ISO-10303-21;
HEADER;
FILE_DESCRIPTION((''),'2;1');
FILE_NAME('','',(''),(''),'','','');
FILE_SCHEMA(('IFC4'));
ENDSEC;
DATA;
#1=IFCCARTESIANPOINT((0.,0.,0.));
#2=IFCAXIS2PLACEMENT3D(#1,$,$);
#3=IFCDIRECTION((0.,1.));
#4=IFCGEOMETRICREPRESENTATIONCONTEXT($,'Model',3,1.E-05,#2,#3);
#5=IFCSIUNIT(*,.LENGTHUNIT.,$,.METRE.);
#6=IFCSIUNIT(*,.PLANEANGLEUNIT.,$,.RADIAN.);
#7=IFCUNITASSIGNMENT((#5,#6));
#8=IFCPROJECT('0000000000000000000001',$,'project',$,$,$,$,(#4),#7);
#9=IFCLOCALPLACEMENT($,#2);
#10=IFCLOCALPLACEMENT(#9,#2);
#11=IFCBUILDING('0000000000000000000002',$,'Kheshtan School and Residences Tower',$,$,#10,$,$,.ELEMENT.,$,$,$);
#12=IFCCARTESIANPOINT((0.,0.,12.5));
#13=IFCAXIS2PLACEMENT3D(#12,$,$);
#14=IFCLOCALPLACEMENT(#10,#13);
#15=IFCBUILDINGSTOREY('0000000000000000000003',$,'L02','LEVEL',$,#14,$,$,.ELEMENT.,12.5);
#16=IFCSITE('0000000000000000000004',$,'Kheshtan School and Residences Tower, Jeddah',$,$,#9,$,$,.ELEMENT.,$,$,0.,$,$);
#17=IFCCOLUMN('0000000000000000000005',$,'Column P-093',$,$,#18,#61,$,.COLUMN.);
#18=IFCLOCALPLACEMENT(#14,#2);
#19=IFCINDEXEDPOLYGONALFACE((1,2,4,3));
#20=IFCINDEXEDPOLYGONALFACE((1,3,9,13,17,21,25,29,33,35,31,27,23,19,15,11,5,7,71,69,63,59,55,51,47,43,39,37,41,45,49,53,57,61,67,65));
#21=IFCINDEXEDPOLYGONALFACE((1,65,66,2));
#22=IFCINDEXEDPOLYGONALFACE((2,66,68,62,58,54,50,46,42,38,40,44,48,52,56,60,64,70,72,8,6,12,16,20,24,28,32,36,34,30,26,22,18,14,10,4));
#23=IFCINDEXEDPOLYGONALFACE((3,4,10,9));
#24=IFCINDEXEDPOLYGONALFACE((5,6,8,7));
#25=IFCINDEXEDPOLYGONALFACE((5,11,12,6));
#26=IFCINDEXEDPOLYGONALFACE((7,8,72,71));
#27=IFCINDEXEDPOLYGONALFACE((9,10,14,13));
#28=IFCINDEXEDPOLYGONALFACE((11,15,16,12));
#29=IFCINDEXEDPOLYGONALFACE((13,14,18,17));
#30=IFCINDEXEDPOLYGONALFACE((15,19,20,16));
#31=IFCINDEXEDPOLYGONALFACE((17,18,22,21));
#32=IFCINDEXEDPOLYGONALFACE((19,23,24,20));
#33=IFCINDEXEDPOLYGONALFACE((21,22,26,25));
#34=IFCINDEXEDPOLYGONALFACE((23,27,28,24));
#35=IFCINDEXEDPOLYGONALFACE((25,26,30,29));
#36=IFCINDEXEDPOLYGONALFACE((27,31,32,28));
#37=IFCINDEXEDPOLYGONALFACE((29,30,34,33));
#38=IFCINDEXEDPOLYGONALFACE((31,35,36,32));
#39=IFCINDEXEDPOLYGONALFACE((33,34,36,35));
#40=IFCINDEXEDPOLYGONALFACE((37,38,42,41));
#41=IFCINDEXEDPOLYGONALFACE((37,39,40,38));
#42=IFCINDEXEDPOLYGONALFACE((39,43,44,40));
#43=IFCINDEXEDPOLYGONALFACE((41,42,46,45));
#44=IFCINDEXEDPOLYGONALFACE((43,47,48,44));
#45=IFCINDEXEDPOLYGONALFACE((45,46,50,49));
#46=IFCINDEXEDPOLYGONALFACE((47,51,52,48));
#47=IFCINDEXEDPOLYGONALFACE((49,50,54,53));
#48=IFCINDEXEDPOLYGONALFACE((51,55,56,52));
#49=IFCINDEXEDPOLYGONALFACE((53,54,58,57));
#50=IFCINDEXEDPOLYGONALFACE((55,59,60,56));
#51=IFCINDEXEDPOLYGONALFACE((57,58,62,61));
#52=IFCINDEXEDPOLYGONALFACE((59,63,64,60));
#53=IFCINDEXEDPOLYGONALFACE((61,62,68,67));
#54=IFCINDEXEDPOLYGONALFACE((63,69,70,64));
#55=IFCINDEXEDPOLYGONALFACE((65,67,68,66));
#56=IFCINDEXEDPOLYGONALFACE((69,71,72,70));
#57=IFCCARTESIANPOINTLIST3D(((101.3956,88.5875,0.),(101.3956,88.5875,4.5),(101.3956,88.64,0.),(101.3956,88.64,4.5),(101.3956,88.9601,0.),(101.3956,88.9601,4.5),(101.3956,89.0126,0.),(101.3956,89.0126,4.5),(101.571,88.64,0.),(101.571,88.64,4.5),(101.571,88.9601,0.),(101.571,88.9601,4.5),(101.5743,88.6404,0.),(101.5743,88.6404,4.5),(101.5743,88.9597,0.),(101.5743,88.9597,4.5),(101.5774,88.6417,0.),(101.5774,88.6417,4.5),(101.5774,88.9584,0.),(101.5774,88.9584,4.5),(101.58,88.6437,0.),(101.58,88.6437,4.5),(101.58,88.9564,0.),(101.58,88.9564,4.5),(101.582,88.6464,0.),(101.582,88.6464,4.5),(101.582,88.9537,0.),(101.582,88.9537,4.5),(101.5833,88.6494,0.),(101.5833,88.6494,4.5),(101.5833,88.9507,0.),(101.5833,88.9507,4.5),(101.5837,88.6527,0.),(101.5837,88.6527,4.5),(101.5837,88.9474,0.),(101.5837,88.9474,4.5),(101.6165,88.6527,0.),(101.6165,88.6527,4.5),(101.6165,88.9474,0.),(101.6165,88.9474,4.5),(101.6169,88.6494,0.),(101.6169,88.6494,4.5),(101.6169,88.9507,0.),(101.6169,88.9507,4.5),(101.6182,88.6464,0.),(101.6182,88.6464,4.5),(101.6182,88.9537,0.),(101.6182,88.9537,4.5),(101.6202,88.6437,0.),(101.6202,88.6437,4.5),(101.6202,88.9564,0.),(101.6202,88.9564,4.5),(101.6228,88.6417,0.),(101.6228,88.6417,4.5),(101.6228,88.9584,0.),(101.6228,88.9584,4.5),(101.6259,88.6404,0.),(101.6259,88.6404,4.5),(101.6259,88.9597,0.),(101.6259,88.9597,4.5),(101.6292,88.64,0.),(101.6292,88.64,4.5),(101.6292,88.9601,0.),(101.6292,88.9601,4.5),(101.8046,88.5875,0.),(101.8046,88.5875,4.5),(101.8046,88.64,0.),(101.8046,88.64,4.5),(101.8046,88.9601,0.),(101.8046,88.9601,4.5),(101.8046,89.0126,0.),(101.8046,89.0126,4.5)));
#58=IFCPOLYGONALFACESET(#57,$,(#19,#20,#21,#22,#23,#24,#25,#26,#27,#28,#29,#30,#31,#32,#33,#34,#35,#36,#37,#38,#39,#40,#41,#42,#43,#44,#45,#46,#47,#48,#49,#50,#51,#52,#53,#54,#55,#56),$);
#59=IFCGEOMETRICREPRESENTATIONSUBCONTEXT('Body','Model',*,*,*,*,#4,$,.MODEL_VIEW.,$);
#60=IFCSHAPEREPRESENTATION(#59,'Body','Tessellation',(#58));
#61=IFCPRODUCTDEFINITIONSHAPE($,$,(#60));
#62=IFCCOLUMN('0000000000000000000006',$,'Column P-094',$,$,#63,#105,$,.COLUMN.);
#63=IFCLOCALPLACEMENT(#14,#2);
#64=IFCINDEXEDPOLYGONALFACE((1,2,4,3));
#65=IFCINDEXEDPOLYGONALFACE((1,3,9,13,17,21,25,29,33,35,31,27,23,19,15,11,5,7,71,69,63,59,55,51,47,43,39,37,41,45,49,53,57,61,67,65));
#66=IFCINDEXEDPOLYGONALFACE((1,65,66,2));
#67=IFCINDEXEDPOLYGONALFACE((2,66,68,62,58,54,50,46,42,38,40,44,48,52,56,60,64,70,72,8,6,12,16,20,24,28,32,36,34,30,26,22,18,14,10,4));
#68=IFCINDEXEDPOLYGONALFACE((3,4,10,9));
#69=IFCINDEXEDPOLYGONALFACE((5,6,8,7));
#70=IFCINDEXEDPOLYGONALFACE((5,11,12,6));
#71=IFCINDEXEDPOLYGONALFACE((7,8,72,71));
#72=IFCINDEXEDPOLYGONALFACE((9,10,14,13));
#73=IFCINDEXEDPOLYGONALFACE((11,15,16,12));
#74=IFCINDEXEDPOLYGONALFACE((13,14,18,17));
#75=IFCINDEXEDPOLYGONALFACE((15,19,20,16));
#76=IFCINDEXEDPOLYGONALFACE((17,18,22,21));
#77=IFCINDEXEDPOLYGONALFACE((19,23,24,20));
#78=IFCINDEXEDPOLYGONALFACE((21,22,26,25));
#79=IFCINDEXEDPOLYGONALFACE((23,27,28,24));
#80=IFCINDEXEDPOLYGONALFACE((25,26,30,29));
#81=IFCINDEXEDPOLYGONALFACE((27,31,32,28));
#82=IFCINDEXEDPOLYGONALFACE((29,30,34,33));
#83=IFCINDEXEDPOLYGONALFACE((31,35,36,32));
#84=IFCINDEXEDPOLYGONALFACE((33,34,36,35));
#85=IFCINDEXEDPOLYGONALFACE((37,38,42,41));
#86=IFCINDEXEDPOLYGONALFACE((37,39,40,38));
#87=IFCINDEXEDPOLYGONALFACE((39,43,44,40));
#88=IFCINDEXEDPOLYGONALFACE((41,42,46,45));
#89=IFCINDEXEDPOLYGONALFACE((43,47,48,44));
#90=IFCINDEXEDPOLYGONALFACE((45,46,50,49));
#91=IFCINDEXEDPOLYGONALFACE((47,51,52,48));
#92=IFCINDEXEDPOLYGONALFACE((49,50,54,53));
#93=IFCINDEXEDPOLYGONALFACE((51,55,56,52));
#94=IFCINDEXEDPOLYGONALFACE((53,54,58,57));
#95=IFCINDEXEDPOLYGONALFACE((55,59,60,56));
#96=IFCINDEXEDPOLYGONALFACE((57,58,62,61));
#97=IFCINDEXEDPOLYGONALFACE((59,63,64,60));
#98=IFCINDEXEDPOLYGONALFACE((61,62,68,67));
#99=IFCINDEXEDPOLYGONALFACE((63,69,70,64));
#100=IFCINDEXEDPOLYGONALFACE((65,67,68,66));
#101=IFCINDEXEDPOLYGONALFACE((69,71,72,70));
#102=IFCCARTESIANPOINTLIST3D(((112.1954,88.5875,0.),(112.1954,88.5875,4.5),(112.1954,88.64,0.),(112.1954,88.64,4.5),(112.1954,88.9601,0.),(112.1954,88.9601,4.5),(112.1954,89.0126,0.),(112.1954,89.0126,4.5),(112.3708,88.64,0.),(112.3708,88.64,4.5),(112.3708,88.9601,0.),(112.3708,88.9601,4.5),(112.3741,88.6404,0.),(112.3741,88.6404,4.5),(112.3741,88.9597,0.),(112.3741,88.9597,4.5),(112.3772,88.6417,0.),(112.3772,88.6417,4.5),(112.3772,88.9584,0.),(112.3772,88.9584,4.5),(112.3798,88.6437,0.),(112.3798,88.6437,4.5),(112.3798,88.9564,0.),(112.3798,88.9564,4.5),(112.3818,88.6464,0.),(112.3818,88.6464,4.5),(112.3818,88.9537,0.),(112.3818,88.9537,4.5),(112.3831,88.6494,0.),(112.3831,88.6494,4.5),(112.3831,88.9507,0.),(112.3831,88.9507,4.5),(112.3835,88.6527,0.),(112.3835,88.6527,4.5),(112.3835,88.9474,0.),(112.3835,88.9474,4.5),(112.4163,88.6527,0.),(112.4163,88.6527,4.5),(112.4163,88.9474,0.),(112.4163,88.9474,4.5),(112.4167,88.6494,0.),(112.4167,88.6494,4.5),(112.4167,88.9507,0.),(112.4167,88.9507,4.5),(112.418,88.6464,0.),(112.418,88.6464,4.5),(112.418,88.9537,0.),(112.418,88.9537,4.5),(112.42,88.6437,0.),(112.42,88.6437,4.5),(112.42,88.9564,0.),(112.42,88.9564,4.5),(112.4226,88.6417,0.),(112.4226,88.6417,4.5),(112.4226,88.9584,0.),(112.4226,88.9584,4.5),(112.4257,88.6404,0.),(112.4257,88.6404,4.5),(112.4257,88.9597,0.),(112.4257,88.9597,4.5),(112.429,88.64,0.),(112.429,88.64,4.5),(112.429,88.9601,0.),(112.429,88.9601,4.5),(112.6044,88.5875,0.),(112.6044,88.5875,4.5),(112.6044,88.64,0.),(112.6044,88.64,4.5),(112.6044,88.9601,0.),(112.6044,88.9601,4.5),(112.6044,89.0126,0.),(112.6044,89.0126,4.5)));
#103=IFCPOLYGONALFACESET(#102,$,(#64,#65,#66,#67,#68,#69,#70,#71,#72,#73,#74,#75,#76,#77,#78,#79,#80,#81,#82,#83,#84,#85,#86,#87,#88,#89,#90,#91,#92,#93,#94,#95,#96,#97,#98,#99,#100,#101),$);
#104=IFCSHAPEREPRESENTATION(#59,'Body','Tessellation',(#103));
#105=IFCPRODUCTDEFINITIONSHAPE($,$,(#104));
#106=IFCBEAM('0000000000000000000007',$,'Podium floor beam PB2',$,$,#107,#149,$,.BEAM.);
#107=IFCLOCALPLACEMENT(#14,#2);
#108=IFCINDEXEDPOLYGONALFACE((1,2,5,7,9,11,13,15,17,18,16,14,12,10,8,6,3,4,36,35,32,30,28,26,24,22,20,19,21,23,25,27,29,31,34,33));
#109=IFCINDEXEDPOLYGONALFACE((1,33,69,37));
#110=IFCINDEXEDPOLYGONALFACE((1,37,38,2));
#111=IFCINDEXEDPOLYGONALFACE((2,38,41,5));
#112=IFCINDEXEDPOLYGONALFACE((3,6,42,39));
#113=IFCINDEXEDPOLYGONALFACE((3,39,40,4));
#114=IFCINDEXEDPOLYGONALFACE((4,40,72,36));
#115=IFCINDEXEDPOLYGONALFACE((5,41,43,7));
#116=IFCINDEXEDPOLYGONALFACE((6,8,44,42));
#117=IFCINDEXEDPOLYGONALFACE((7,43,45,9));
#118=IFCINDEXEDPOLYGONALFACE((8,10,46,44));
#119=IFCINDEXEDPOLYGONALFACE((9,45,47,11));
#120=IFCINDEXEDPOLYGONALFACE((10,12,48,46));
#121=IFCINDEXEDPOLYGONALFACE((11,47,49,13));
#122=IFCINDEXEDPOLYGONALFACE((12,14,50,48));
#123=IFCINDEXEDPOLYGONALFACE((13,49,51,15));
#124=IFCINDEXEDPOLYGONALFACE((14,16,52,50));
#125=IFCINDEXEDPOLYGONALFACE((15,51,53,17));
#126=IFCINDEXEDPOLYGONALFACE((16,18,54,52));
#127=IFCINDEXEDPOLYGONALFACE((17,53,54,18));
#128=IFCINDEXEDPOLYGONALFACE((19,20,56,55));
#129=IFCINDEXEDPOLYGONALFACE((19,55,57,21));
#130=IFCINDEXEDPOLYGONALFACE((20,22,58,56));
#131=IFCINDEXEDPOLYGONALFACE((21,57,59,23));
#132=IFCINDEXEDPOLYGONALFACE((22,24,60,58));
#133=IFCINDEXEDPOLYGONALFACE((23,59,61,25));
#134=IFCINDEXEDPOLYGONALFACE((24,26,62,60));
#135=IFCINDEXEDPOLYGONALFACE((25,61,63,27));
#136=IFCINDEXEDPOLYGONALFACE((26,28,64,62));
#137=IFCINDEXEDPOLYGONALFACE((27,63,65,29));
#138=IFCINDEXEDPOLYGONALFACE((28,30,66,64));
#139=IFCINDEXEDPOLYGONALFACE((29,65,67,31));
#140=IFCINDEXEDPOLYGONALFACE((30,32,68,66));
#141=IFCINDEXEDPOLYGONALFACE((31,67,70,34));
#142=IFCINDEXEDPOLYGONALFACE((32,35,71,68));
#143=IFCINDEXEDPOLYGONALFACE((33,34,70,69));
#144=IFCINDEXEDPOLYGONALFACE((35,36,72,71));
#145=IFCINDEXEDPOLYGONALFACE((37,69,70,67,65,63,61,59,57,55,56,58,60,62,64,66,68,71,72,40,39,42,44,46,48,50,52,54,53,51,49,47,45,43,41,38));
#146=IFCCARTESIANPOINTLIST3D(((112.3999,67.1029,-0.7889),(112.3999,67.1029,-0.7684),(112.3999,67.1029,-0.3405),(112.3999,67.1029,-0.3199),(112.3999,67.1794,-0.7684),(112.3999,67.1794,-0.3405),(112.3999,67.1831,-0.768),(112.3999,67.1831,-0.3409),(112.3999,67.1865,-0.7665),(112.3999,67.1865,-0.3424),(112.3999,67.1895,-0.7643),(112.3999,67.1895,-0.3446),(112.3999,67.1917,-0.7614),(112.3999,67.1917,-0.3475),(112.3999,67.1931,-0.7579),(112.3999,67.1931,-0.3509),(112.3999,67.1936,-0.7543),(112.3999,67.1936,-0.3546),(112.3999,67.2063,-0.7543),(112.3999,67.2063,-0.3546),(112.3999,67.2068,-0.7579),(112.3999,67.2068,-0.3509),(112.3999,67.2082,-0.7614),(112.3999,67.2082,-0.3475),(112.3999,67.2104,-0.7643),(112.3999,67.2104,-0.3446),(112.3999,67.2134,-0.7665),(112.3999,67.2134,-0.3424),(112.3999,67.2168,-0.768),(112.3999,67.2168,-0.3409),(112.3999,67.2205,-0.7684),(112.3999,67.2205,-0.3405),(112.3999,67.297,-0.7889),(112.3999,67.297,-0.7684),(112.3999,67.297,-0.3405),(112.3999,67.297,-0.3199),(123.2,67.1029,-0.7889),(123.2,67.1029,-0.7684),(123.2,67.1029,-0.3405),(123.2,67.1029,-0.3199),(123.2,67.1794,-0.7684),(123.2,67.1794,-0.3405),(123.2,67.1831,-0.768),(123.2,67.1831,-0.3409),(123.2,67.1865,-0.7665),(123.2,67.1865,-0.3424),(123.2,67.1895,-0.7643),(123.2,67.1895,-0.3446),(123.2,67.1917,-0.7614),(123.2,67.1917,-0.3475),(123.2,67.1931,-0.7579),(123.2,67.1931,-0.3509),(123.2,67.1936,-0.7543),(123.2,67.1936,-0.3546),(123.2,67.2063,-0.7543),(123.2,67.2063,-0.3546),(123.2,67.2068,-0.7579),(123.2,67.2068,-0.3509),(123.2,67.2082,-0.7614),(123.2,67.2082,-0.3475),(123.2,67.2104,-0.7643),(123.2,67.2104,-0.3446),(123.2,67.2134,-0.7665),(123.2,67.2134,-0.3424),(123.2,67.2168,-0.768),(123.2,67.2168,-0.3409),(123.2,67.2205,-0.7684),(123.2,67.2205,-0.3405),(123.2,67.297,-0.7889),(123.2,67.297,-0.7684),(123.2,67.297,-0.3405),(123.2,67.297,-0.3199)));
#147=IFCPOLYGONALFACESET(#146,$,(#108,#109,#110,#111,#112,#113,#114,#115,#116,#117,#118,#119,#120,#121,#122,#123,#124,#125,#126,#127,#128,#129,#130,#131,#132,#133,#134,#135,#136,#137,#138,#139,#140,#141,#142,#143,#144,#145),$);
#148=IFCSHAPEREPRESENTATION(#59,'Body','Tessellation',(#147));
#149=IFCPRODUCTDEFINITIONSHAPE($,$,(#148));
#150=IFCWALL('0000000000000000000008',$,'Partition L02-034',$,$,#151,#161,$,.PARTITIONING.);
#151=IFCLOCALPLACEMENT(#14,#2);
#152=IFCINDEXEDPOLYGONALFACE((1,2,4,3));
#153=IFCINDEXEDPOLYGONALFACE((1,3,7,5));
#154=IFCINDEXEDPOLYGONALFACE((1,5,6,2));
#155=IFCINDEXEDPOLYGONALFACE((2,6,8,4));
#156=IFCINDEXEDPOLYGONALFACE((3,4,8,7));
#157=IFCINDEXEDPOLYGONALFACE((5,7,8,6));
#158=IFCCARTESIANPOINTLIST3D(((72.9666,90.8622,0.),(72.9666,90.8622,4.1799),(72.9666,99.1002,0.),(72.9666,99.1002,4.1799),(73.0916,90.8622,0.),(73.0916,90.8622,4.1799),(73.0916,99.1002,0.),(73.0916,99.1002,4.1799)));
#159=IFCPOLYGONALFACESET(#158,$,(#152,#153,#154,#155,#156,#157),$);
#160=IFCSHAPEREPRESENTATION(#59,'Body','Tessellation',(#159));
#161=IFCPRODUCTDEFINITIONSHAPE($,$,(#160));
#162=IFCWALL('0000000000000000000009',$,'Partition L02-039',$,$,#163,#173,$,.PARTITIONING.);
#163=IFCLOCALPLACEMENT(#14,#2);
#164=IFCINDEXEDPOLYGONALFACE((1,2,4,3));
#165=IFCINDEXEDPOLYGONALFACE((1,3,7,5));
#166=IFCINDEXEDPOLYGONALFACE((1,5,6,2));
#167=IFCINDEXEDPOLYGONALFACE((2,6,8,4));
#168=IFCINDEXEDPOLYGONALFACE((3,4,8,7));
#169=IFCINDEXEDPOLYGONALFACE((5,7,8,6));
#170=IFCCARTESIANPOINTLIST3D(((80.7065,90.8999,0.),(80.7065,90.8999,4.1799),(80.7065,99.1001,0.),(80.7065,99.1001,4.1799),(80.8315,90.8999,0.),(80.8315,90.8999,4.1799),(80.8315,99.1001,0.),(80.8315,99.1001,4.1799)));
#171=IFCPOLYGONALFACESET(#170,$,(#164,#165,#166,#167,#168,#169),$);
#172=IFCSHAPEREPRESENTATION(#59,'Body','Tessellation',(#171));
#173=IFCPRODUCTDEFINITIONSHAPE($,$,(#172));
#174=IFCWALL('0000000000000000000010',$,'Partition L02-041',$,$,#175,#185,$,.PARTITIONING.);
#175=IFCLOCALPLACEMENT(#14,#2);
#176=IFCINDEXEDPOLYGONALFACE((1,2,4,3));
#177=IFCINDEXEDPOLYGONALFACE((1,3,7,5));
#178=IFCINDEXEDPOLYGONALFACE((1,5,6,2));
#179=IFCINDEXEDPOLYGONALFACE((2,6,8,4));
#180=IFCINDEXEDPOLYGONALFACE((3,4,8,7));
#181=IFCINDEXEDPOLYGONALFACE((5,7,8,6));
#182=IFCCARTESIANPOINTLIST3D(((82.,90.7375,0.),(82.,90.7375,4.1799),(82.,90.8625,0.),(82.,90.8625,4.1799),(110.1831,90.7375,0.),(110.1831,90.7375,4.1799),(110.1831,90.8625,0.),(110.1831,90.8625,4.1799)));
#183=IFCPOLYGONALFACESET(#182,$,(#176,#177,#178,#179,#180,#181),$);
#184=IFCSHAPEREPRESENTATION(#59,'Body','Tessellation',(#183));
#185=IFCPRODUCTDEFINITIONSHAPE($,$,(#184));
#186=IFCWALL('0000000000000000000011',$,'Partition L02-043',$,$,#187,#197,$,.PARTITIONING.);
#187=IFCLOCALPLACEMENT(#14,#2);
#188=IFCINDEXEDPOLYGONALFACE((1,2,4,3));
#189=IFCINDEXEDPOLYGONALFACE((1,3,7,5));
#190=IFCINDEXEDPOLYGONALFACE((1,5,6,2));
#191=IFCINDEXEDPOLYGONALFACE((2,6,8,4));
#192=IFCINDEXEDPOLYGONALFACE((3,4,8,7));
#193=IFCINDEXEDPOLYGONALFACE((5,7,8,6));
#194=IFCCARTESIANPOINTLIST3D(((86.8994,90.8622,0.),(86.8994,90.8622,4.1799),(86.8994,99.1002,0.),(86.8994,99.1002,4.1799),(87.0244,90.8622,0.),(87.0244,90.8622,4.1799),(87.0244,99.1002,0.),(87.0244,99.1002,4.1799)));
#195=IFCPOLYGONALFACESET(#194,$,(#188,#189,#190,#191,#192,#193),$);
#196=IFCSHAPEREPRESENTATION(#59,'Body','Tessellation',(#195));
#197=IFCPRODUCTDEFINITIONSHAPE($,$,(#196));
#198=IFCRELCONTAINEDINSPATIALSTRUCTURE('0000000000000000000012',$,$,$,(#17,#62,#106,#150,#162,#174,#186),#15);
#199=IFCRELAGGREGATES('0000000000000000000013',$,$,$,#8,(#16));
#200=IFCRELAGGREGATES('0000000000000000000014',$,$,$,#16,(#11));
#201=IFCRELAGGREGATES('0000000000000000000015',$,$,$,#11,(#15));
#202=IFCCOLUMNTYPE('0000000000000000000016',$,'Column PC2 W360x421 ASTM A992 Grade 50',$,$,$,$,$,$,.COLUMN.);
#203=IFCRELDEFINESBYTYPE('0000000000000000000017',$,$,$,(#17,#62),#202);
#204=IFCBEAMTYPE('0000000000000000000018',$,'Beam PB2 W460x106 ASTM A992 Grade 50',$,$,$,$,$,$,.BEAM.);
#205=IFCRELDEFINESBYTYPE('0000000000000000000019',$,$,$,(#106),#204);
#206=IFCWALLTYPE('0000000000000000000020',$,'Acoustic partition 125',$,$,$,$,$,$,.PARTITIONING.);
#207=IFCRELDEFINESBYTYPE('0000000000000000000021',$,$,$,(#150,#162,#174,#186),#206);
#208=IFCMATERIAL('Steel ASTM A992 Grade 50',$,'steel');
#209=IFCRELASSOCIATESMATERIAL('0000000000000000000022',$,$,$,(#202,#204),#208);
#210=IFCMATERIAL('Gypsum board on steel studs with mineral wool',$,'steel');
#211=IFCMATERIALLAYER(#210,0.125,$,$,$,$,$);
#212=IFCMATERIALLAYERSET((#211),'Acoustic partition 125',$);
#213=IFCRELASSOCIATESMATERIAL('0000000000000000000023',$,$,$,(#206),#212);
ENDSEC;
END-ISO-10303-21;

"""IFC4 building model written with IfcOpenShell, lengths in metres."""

from ifc_helpers import new_model, si_unit, direction, frame, frame_2d, origin, origin_2d, place, context, subcontext, project, spatial, rectangle, i_section, extrude, material, layer, layer_set, material_profile, profile_set, type_object, element, save


model = new_model("IFC4")

# Units and contexts
model_context = context("Model", 3, precision=1e-05, world=origin(), true_north=direction((0.0, 1.0)))
body_context = subcontext(model_context, "Body", "Model", "MODEL_VIEW")
ifc_project = project(units=[si_unit("LENGTHUNIT", "METRE"), si_unit("PLANEANGLEUNIT", "RADIAN")], contexts=[model_context])

# Site, building, storey
site_placement = place(None, origin())
site = spatial("IfcSite", under=ifc_project, at=site_placement, Name="Kheshtan School and Residences Tower, Jeddah", CompositionType="ELEMENT", RefElevation=0.0)
building_placement = place(site_placement, origin())
building = spatial("IfcBuilding", under=site, at=building_placement, Name="Kheshtan School and Residences Tower", CompositionType="ELEMENT")
storey_placement = place(building_placement, frame((0.0, 0.0, 12.5)))
storey = spatial("IfcBuildingStorey", under=building, at=storey_placement, Name="L02", Description="LEVEL", CompositionType="ELEMENT", Elevation=12.5)

# Columns
ifc_material_1 = material(Name="Steel ASTM A992 Grade 50", Category="steel")
ifc_material_profile_1 = material_profile(ifc_material_1, i_section(OverallWidth=0.4089, OverallDepth=0.425, WebThickness=0.0327, FlangeThickness=0.0525, FilletRadius=0.0127, at=origin_2d()), Name="W360x421")
ifc_profile_set_1 = profile_set([ifc_material_profile_1], Name="Steel ASTM A992 Grade 50")
column_type = type_object("IfcColumnType", Name="Column PC2 W360x421 ASTM A992 Grade 50", PredefinedType="COLUMN", material=ifc_profile_set_1)
for number, where, z_axis, x_axis, name in (
    (1, (101.6001, 88.8, 0.0), (0.0, 0.0, 1.0), (1.0, 0.0, 0.0), "Column P-093"),
    (2, (112.3999, 88.8, 0.0), (0.0, 0.0, 1.0), (1.0, 0.0, 0.0), "Column P-094"),
):
    element("IfcColumn", number, at=place(storey_placement, frame(where, z_axis=z_axis, x_axis=x_axis)), inside=storey, type_object=column_type, Name=name, PredefinedType="COLUMN", context=body_context, shape_type="SweptSolid", body=[
        extrude(i_section(OverallWidth=0.4089, OverallDepth=0.425, WebThickness=0.0327, FlangeThickness=0.0525, FilletRadius=0.0127, at=origin_2d()), origin(), (0.0, 0.0, 1.0), 4.5),
    ])

# Beam
ifc_material_profile_2 = material_profile(ifc_material_1, i_section(OverallWidth=0.1941, OverallDepth=0.469, WebThickness=0.0127, FlangeThickness=0.0205, FilletRadius=0.0142, at=origin_2d()), Name="W460x106")
ifc_profile_set_2 = profile_set([ifc_material_profile_2], Name="Steel ASTM A992 Grade 50")
beam_type = type_object("IfcBeamType", Name="Beam PB2 W460x106 ASTM A992 Grade 50", PredefinedType="BEAM", material=ifc_profile_set_2)
beam_placement = place(storey_placement, frame((112.3999, 67.2, -0.5544), z_axis=(1.0, 0.0, 0.0), x_axis=(0.0, 1.0, 0.0)))
element("IfcBeam", 3, at=beam_placement, inside=storey, type_object=beam_type, Name="Podium floor beam PB2", PredefinedType="BEAM", context=body_context, shape_type="SweptSolid", body=[
    extrude(i_section(OverallWidth=0.1941, OverallDepth=0.469, WebThickness=0.0127, FlangeThickness=0.0205, FilletRadius=0.0142, at=origin_2d()), origin(), (0.0, 0.0, 1.0), 10.8),
])

# Walls
ifc_material_2 = material(Name="Gypsum board on steel studs with mineral wool", Category="steel")
ifc_layer_1 = layer(ifc_material_2, 0.125)
ifc_layer_set_1 = layer_set([ifc_layer_1], Name="Acoustic partition 125")
wall_type_1 = type_object("IfcWallType", Name="Acoustic partition 125", PredefinedType="PARTITIONING", material=ifc_layer_set_1)
wall_1_placement = place(storey_placement, frame((73.0291, 90.8621, 0.0), z_axis=(0.0, 0.0, 1.0), x_axis=(0.0, 1.0, 0.0)))
element("IfcWall", 4, at=wall_1_placement, inside=storey, type_object=wall_type_1, Name="Partition L02-034", PredefinedType="PARTITIONING", context=body_context, shape_type="SweptSolid", body=[
    extrude(rectangle(XDim=8.238, YDim=0.125, at=frame_2d((4.1191, 0.0))), origin(), (0.0, 0.0, 1.0), 4.1799),
])
wall_2_placement = place(storey_placement, frame((80.769, 90.8999, 0.0), z_axis=(0.0, 0.0, 1.0), x_axis=(0.0, 1.0, 0.0)))
element("IfcWall", 5, at=wall_2_placement, inside=storey, type_object=wall_type_1, Name="Partition L02-039", PredefinedType="PARTITIONING", context=body_context, shape_type="SweptSolid", body=[
    extrude(rectangle(XDim=8.2002, YDim=0.125, at=frame_2d((4.1001, 0.0))), origin(), (0.0, 0.0, 1.0), 4.1799),
])
wall_3_placement = place(storey_placement, frame((82.0, 90.8, 0.0), z_axis=(0.0, 0.0, 1.0), x_axis=(1.0, 0.0, 0.0)))
element("IfcWall", 6, at=wall_3_placement, inside=storey, type_object=wall_type_1, Name="Partition L02-041", PredefinedType="PARTITIONING", context=body_context, shape_type="SweptSolid", body=[
    extrude(rectangle(XDim=28.1831, YDim=0.125, at=frame_2d((14.0916, 0.0))), origin(), (0.0, 0.0, 1.0), 4.1799),
])
for number, where, z_axis, x_axis, name in (
    (7, (86.9619, 90.8621, 0.0), (0.0, 0.0, 1.0), (0.0, 1.0, 0.0), "Partition L02-043"),
):
    element("IfcWall", number, at=place(storey_placement, frame(where, z_axis=z_axis, x_axis=x_axis)), inside=storey, type_object=wall_type_1, Name=name, PredefinedType="PARTITIONING", context=body_context, shape_type="SweptSolid", body=[
        extrude(rectangle(XDim=8.238, YDim=0.125, at=frame_2d((4.1191, 0.0))), origin(), (0.0, 0.0, 1.0), 4.1799),
    ])

save(model, "model.ifc")
